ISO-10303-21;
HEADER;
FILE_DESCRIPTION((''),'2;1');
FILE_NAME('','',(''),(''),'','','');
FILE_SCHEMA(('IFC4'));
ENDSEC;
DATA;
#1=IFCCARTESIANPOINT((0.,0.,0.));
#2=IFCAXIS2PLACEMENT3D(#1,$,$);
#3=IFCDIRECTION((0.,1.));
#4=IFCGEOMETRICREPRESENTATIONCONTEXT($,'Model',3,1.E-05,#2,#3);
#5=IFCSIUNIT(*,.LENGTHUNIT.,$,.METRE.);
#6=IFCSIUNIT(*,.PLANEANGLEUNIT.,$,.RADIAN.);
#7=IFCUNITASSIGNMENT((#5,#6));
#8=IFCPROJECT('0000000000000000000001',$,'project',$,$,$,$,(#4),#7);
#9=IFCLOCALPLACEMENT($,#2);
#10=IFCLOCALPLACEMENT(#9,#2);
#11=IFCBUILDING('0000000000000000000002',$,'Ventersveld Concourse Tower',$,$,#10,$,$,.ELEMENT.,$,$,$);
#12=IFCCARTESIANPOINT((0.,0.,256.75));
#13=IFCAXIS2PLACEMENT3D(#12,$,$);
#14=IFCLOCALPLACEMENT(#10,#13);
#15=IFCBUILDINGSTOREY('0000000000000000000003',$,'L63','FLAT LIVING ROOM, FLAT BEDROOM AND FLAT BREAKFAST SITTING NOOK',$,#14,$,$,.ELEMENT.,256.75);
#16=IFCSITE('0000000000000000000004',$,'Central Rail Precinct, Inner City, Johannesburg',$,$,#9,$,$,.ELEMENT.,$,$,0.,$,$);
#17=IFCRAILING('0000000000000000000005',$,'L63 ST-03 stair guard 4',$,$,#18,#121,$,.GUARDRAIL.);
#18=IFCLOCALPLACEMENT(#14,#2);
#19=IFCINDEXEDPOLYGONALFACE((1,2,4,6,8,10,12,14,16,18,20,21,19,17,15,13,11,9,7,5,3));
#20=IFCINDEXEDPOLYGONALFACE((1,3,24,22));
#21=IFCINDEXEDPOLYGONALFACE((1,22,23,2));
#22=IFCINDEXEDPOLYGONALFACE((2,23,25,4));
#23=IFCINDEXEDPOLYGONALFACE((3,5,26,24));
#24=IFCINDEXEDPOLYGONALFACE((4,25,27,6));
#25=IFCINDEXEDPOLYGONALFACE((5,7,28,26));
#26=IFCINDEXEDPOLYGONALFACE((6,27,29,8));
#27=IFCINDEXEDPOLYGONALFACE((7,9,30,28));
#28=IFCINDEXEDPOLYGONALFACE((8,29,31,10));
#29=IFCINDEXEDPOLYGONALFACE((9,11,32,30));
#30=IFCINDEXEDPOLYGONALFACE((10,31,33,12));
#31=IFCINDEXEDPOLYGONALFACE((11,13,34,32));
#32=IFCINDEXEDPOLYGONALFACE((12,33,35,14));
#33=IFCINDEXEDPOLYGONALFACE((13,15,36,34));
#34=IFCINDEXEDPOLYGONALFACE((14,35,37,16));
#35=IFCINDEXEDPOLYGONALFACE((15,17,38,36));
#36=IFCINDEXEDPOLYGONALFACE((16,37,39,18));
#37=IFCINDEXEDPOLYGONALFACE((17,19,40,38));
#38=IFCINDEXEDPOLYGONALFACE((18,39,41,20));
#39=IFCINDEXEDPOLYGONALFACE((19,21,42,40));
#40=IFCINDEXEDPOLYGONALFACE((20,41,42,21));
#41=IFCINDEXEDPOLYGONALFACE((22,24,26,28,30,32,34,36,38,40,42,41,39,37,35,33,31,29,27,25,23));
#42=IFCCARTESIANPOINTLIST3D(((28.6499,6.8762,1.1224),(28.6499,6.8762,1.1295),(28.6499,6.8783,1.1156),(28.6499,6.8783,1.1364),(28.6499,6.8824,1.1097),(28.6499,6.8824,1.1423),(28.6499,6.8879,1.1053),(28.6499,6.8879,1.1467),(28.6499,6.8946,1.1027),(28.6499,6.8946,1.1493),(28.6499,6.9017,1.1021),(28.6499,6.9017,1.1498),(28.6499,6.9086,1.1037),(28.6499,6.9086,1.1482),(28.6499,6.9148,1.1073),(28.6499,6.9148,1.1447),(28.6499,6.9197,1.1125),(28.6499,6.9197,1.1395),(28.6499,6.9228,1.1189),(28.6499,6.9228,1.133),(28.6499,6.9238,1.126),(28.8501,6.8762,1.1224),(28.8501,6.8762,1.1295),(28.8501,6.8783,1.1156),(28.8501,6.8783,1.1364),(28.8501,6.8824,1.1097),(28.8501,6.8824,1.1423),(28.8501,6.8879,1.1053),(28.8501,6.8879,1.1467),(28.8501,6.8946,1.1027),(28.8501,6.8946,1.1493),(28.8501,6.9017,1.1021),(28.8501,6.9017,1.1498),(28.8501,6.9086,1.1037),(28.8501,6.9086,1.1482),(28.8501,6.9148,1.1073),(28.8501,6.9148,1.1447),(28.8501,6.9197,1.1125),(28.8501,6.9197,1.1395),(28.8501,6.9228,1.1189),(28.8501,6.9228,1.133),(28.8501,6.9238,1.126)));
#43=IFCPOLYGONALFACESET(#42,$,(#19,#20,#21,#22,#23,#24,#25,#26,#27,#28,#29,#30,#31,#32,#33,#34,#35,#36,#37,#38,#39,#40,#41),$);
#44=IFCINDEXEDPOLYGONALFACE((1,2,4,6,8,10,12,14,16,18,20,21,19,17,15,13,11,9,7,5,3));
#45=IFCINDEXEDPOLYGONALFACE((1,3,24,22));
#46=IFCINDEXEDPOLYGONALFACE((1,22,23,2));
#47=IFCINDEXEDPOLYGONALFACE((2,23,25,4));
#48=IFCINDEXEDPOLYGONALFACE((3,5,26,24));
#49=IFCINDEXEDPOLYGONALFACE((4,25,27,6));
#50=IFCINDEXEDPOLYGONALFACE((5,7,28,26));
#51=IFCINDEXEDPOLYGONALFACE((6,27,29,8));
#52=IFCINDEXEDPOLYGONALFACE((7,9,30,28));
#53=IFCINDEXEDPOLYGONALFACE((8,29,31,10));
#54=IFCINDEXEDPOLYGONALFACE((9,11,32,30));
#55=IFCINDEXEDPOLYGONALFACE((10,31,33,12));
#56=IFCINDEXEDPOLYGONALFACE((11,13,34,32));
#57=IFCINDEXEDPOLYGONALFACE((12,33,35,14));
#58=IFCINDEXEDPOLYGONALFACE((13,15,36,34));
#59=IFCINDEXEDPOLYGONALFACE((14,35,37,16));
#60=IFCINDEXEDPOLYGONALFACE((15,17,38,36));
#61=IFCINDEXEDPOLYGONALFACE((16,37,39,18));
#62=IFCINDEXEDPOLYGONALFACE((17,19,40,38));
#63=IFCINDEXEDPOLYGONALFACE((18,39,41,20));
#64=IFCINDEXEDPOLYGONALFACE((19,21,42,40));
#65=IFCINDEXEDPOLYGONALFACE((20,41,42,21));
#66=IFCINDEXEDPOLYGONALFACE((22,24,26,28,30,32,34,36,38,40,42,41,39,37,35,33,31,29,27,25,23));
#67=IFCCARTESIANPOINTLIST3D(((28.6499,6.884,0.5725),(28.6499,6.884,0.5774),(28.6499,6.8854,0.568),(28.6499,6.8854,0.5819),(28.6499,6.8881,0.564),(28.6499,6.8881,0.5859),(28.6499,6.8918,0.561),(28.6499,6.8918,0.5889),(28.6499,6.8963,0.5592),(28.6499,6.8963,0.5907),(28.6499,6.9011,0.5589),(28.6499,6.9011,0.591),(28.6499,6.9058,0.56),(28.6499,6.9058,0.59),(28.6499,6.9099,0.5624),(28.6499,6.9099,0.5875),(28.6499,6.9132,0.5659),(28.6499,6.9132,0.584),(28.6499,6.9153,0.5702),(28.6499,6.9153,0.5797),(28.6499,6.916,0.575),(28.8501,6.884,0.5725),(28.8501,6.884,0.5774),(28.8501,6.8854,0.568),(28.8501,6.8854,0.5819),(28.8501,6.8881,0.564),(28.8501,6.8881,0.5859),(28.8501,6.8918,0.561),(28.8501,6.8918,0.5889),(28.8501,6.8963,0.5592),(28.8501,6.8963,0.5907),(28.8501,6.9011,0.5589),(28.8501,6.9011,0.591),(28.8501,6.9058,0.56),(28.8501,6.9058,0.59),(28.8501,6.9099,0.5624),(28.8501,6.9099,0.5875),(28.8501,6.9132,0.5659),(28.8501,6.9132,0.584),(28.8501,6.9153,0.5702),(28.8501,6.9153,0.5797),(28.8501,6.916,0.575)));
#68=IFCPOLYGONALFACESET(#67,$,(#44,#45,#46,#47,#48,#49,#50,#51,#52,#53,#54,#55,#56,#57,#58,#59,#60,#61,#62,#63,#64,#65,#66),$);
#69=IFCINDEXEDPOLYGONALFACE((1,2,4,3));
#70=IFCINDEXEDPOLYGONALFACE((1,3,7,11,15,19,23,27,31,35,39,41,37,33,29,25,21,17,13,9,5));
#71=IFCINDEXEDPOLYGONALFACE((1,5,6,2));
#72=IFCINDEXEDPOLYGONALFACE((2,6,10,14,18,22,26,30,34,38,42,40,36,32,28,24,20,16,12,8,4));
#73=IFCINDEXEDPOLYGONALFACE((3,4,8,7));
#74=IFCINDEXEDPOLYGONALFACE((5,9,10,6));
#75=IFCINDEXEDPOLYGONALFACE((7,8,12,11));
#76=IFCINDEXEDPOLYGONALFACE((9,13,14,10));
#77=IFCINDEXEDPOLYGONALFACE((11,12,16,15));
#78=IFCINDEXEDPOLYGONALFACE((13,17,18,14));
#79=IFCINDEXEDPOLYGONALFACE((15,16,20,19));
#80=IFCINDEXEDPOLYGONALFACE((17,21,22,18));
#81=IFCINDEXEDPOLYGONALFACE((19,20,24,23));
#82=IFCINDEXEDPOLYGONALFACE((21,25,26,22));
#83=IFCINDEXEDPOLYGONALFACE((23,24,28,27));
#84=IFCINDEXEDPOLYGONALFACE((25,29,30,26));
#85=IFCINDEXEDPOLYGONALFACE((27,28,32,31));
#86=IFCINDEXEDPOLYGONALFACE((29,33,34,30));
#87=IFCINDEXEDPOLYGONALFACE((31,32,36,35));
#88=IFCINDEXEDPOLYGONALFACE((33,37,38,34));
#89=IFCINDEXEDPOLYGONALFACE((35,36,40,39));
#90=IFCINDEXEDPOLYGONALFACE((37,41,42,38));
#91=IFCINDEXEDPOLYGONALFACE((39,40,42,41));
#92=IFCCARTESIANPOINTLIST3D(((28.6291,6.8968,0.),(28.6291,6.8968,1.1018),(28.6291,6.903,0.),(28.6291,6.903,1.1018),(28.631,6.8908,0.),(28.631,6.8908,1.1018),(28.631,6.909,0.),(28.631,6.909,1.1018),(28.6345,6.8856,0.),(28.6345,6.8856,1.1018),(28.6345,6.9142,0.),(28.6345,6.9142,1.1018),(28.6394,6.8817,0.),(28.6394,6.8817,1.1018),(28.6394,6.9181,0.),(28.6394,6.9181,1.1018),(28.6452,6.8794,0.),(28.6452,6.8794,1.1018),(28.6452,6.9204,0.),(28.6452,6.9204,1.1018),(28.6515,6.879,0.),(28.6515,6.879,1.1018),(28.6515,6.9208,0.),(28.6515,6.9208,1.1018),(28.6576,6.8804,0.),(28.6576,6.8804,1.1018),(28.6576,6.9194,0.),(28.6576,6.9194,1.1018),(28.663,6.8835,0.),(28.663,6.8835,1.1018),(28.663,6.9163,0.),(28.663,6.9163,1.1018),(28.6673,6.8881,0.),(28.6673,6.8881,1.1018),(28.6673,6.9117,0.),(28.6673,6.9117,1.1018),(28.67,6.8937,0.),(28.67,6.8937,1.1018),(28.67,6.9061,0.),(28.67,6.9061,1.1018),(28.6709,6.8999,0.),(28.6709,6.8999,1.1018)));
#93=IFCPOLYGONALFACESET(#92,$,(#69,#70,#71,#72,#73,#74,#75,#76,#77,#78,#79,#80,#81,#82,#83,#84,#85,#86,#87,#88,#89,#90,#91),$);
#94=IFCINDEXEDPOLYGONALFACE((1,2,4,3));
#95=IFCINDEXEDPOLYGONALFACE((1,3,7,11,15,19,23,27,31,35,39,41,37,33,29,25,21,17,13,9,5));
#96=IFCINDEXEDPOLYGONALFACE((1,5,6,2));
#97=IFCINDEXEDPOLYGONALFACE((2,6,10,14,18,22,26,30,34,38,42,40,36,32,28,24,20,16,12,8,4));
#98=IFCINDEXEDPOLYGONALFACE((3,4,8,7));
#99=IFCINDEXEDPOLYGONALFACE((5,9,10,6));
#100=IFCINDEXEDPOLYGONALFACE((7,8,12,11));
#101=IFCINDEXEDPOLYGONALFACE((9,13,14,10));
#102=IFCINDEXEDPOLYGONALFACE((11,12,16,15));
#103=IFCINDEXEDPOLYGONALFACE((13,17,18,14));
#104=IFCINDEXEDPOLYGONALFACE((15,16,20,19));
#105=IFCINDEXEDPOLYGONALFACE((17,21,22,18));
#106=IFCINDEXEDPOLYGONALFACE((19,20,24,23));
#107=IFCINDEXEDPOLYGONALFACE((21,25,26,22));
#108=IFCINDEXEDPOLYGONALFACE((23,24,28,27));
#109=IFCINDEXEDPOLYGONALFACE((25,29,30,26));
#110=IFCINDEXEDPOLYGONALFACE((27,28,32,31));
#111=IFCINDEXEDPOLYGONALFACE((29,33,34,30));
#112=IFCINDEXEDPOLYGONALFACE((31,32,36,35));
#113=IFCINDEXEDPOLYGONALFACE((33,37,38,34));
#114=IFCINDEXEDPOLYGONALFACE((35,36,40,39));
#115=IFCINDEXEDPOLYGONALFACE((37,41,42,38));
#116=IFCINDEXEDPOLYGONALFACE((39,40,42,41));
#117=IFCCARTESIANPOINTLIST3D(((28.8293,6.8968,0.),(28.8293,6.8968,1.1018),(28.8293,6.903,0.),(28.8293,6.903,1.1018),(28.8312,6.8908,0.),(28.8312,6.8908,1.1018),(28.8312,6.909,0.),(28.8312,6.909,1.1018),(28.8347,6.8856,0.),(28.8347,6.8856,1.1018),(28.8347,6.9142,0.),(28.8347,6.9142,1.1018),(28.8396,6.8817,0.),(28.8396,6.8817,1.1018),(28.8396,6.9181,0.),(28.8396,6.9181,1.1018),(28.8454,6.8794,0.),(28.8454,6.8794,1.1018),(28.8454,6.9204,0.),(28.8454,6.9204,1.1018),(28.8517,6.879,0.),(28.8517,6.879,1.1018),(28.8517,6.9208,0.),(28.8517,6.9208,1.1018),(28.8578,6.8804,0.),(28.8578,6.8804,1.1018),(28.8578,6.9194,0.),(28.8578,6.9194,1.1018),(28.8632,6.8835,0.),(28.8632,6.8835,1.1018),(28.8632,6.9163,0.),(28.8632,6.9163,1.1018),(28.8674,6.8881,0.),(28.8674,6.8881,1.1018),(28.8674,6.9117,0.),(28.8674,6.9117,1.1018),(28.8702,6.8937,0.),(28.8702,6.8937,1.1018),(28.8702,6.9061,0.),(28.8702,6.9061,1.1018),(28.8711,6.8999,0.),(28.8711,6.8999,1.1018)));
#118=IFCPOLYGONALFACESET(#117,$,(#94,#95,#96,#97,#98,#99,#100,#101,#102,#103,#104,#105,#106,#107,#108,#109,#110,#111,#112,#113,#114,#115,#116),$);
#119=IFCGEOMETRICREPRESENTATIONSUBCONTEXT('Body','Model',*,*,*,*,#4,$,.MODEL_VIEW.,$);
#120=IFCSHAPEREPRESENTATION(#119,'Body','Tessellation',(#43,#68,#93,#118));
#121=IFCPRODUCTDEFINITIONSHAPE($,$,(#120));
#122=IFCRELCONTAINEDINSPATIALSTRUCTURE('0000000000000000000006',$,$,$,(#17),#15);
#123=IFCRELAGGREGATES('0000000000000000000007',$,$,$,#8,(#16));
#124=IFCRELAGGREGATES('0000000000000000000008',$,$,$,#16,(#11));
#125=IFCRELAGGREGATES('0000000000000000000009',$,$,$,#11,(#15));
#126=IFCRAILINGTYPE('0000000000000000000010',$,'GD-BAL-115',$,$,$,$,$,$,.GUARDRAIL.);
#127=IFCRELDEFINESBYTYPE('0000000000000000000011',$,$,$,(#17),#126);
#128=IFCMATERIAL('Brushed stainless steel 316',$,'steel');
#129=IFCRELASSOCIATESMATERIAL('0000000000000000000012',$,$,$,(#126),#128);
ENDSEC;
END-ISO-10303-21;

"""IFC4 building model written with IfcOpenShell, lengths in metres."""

from ifc_helpers import new_model, si_unit, direction, frame, origin, origin_2d, place, context, subcontext, project, spatial, circle, extrude, material, type_object, element, save


model = new_model("IFC4")

# Units and contexts
model_context = context("Model", 3, precision=1e-05, world=origin(), true_north=direction((0.0, 1.0)))
body_context = subcontext(model_context, "Body", "Model", "MODEL_VIEW")
ifc_project = project(units=[si_unit("LENGTHUNIT", "METRE"), si_unit("PLANEANGLEUNIT", "RADIAN")], contexts=[model_context])

# Site, building, storey
site_placement = place(None, origin())
site = spatial("IfcSite", under=ifc_project, at=site_placement, Name="Central Rail Precinct, Inner City, Johannesburg", CompositionType="ELEMENT", RefElevation=0.0)
building_placement = place(site_placement, origin())
building = spatial("IfcBuilding", under=site, at=building_placement, Name="Ventersveld Concourse Tower", CompositionType="ELEMENT")
storey_placement = place(building_placement, frame((0.0, 0.0, 256.75)))
storey = spatial("IfcBuildingStorey", under=building, at=storey_placement, Name="L63", Description="FLAT LIVING ROOM, FLAT BEDROOM AND FLAT BREAKFAST SITTING NOOK", CompositionType="ELEMENT", Elevation=256.75)

# Shared definitions
ifc_material_1 = material(Name="Brushed stainless steel 316", Category="steel")

# Railing
railing_type_1 = type_object("IfcRailingType", Name="GD-BAL-115", PredefinedType="GUARDRAIL", material=ifc_material_1)
railing_1_placement = place(storey_placement, frame((28.6499, 6.8999, 0.0)))
element("IfcRailing", 1, at=railing_1_placement, inside=storey, type_object=railing_type_1, Name="L63 ST-03 stair guard 4", PredefinedType="GUARDRAIL", context=body_context, shape_type="SweptSolid", body=[
    extrude(circle(Radius=0.0239, at=origin_2d()), frame((0.0, 0.0, 1.126), z_axis=(1.0, 0.0, 0.0), x_axis=(0.0, 1.0, 0.0)), (0.0, 0.0, 1.0), 0.2002),
    extrude(circle(Radius=0.0161, at=origin_2d()), frame((0.0, 0.0, 0.575), z_axis=(1.0, 0.0, 0.0), x_axis=(0.0, 1.0, 0.0)), (0.0, 0.0, 1.0), 0.2002),
    extrude(circle(Radius=0.021, at=origin_2d()), origin(), (0.0, 0.0, 1.0), 1.1018),
    extrude(circle(Radius=0.021, at=origin_2d()), frame((0.2002, 0.0, 0.0)), (0.0, 0.0, 1.0), 1.1018),
])

save(model, "model.ifc")
